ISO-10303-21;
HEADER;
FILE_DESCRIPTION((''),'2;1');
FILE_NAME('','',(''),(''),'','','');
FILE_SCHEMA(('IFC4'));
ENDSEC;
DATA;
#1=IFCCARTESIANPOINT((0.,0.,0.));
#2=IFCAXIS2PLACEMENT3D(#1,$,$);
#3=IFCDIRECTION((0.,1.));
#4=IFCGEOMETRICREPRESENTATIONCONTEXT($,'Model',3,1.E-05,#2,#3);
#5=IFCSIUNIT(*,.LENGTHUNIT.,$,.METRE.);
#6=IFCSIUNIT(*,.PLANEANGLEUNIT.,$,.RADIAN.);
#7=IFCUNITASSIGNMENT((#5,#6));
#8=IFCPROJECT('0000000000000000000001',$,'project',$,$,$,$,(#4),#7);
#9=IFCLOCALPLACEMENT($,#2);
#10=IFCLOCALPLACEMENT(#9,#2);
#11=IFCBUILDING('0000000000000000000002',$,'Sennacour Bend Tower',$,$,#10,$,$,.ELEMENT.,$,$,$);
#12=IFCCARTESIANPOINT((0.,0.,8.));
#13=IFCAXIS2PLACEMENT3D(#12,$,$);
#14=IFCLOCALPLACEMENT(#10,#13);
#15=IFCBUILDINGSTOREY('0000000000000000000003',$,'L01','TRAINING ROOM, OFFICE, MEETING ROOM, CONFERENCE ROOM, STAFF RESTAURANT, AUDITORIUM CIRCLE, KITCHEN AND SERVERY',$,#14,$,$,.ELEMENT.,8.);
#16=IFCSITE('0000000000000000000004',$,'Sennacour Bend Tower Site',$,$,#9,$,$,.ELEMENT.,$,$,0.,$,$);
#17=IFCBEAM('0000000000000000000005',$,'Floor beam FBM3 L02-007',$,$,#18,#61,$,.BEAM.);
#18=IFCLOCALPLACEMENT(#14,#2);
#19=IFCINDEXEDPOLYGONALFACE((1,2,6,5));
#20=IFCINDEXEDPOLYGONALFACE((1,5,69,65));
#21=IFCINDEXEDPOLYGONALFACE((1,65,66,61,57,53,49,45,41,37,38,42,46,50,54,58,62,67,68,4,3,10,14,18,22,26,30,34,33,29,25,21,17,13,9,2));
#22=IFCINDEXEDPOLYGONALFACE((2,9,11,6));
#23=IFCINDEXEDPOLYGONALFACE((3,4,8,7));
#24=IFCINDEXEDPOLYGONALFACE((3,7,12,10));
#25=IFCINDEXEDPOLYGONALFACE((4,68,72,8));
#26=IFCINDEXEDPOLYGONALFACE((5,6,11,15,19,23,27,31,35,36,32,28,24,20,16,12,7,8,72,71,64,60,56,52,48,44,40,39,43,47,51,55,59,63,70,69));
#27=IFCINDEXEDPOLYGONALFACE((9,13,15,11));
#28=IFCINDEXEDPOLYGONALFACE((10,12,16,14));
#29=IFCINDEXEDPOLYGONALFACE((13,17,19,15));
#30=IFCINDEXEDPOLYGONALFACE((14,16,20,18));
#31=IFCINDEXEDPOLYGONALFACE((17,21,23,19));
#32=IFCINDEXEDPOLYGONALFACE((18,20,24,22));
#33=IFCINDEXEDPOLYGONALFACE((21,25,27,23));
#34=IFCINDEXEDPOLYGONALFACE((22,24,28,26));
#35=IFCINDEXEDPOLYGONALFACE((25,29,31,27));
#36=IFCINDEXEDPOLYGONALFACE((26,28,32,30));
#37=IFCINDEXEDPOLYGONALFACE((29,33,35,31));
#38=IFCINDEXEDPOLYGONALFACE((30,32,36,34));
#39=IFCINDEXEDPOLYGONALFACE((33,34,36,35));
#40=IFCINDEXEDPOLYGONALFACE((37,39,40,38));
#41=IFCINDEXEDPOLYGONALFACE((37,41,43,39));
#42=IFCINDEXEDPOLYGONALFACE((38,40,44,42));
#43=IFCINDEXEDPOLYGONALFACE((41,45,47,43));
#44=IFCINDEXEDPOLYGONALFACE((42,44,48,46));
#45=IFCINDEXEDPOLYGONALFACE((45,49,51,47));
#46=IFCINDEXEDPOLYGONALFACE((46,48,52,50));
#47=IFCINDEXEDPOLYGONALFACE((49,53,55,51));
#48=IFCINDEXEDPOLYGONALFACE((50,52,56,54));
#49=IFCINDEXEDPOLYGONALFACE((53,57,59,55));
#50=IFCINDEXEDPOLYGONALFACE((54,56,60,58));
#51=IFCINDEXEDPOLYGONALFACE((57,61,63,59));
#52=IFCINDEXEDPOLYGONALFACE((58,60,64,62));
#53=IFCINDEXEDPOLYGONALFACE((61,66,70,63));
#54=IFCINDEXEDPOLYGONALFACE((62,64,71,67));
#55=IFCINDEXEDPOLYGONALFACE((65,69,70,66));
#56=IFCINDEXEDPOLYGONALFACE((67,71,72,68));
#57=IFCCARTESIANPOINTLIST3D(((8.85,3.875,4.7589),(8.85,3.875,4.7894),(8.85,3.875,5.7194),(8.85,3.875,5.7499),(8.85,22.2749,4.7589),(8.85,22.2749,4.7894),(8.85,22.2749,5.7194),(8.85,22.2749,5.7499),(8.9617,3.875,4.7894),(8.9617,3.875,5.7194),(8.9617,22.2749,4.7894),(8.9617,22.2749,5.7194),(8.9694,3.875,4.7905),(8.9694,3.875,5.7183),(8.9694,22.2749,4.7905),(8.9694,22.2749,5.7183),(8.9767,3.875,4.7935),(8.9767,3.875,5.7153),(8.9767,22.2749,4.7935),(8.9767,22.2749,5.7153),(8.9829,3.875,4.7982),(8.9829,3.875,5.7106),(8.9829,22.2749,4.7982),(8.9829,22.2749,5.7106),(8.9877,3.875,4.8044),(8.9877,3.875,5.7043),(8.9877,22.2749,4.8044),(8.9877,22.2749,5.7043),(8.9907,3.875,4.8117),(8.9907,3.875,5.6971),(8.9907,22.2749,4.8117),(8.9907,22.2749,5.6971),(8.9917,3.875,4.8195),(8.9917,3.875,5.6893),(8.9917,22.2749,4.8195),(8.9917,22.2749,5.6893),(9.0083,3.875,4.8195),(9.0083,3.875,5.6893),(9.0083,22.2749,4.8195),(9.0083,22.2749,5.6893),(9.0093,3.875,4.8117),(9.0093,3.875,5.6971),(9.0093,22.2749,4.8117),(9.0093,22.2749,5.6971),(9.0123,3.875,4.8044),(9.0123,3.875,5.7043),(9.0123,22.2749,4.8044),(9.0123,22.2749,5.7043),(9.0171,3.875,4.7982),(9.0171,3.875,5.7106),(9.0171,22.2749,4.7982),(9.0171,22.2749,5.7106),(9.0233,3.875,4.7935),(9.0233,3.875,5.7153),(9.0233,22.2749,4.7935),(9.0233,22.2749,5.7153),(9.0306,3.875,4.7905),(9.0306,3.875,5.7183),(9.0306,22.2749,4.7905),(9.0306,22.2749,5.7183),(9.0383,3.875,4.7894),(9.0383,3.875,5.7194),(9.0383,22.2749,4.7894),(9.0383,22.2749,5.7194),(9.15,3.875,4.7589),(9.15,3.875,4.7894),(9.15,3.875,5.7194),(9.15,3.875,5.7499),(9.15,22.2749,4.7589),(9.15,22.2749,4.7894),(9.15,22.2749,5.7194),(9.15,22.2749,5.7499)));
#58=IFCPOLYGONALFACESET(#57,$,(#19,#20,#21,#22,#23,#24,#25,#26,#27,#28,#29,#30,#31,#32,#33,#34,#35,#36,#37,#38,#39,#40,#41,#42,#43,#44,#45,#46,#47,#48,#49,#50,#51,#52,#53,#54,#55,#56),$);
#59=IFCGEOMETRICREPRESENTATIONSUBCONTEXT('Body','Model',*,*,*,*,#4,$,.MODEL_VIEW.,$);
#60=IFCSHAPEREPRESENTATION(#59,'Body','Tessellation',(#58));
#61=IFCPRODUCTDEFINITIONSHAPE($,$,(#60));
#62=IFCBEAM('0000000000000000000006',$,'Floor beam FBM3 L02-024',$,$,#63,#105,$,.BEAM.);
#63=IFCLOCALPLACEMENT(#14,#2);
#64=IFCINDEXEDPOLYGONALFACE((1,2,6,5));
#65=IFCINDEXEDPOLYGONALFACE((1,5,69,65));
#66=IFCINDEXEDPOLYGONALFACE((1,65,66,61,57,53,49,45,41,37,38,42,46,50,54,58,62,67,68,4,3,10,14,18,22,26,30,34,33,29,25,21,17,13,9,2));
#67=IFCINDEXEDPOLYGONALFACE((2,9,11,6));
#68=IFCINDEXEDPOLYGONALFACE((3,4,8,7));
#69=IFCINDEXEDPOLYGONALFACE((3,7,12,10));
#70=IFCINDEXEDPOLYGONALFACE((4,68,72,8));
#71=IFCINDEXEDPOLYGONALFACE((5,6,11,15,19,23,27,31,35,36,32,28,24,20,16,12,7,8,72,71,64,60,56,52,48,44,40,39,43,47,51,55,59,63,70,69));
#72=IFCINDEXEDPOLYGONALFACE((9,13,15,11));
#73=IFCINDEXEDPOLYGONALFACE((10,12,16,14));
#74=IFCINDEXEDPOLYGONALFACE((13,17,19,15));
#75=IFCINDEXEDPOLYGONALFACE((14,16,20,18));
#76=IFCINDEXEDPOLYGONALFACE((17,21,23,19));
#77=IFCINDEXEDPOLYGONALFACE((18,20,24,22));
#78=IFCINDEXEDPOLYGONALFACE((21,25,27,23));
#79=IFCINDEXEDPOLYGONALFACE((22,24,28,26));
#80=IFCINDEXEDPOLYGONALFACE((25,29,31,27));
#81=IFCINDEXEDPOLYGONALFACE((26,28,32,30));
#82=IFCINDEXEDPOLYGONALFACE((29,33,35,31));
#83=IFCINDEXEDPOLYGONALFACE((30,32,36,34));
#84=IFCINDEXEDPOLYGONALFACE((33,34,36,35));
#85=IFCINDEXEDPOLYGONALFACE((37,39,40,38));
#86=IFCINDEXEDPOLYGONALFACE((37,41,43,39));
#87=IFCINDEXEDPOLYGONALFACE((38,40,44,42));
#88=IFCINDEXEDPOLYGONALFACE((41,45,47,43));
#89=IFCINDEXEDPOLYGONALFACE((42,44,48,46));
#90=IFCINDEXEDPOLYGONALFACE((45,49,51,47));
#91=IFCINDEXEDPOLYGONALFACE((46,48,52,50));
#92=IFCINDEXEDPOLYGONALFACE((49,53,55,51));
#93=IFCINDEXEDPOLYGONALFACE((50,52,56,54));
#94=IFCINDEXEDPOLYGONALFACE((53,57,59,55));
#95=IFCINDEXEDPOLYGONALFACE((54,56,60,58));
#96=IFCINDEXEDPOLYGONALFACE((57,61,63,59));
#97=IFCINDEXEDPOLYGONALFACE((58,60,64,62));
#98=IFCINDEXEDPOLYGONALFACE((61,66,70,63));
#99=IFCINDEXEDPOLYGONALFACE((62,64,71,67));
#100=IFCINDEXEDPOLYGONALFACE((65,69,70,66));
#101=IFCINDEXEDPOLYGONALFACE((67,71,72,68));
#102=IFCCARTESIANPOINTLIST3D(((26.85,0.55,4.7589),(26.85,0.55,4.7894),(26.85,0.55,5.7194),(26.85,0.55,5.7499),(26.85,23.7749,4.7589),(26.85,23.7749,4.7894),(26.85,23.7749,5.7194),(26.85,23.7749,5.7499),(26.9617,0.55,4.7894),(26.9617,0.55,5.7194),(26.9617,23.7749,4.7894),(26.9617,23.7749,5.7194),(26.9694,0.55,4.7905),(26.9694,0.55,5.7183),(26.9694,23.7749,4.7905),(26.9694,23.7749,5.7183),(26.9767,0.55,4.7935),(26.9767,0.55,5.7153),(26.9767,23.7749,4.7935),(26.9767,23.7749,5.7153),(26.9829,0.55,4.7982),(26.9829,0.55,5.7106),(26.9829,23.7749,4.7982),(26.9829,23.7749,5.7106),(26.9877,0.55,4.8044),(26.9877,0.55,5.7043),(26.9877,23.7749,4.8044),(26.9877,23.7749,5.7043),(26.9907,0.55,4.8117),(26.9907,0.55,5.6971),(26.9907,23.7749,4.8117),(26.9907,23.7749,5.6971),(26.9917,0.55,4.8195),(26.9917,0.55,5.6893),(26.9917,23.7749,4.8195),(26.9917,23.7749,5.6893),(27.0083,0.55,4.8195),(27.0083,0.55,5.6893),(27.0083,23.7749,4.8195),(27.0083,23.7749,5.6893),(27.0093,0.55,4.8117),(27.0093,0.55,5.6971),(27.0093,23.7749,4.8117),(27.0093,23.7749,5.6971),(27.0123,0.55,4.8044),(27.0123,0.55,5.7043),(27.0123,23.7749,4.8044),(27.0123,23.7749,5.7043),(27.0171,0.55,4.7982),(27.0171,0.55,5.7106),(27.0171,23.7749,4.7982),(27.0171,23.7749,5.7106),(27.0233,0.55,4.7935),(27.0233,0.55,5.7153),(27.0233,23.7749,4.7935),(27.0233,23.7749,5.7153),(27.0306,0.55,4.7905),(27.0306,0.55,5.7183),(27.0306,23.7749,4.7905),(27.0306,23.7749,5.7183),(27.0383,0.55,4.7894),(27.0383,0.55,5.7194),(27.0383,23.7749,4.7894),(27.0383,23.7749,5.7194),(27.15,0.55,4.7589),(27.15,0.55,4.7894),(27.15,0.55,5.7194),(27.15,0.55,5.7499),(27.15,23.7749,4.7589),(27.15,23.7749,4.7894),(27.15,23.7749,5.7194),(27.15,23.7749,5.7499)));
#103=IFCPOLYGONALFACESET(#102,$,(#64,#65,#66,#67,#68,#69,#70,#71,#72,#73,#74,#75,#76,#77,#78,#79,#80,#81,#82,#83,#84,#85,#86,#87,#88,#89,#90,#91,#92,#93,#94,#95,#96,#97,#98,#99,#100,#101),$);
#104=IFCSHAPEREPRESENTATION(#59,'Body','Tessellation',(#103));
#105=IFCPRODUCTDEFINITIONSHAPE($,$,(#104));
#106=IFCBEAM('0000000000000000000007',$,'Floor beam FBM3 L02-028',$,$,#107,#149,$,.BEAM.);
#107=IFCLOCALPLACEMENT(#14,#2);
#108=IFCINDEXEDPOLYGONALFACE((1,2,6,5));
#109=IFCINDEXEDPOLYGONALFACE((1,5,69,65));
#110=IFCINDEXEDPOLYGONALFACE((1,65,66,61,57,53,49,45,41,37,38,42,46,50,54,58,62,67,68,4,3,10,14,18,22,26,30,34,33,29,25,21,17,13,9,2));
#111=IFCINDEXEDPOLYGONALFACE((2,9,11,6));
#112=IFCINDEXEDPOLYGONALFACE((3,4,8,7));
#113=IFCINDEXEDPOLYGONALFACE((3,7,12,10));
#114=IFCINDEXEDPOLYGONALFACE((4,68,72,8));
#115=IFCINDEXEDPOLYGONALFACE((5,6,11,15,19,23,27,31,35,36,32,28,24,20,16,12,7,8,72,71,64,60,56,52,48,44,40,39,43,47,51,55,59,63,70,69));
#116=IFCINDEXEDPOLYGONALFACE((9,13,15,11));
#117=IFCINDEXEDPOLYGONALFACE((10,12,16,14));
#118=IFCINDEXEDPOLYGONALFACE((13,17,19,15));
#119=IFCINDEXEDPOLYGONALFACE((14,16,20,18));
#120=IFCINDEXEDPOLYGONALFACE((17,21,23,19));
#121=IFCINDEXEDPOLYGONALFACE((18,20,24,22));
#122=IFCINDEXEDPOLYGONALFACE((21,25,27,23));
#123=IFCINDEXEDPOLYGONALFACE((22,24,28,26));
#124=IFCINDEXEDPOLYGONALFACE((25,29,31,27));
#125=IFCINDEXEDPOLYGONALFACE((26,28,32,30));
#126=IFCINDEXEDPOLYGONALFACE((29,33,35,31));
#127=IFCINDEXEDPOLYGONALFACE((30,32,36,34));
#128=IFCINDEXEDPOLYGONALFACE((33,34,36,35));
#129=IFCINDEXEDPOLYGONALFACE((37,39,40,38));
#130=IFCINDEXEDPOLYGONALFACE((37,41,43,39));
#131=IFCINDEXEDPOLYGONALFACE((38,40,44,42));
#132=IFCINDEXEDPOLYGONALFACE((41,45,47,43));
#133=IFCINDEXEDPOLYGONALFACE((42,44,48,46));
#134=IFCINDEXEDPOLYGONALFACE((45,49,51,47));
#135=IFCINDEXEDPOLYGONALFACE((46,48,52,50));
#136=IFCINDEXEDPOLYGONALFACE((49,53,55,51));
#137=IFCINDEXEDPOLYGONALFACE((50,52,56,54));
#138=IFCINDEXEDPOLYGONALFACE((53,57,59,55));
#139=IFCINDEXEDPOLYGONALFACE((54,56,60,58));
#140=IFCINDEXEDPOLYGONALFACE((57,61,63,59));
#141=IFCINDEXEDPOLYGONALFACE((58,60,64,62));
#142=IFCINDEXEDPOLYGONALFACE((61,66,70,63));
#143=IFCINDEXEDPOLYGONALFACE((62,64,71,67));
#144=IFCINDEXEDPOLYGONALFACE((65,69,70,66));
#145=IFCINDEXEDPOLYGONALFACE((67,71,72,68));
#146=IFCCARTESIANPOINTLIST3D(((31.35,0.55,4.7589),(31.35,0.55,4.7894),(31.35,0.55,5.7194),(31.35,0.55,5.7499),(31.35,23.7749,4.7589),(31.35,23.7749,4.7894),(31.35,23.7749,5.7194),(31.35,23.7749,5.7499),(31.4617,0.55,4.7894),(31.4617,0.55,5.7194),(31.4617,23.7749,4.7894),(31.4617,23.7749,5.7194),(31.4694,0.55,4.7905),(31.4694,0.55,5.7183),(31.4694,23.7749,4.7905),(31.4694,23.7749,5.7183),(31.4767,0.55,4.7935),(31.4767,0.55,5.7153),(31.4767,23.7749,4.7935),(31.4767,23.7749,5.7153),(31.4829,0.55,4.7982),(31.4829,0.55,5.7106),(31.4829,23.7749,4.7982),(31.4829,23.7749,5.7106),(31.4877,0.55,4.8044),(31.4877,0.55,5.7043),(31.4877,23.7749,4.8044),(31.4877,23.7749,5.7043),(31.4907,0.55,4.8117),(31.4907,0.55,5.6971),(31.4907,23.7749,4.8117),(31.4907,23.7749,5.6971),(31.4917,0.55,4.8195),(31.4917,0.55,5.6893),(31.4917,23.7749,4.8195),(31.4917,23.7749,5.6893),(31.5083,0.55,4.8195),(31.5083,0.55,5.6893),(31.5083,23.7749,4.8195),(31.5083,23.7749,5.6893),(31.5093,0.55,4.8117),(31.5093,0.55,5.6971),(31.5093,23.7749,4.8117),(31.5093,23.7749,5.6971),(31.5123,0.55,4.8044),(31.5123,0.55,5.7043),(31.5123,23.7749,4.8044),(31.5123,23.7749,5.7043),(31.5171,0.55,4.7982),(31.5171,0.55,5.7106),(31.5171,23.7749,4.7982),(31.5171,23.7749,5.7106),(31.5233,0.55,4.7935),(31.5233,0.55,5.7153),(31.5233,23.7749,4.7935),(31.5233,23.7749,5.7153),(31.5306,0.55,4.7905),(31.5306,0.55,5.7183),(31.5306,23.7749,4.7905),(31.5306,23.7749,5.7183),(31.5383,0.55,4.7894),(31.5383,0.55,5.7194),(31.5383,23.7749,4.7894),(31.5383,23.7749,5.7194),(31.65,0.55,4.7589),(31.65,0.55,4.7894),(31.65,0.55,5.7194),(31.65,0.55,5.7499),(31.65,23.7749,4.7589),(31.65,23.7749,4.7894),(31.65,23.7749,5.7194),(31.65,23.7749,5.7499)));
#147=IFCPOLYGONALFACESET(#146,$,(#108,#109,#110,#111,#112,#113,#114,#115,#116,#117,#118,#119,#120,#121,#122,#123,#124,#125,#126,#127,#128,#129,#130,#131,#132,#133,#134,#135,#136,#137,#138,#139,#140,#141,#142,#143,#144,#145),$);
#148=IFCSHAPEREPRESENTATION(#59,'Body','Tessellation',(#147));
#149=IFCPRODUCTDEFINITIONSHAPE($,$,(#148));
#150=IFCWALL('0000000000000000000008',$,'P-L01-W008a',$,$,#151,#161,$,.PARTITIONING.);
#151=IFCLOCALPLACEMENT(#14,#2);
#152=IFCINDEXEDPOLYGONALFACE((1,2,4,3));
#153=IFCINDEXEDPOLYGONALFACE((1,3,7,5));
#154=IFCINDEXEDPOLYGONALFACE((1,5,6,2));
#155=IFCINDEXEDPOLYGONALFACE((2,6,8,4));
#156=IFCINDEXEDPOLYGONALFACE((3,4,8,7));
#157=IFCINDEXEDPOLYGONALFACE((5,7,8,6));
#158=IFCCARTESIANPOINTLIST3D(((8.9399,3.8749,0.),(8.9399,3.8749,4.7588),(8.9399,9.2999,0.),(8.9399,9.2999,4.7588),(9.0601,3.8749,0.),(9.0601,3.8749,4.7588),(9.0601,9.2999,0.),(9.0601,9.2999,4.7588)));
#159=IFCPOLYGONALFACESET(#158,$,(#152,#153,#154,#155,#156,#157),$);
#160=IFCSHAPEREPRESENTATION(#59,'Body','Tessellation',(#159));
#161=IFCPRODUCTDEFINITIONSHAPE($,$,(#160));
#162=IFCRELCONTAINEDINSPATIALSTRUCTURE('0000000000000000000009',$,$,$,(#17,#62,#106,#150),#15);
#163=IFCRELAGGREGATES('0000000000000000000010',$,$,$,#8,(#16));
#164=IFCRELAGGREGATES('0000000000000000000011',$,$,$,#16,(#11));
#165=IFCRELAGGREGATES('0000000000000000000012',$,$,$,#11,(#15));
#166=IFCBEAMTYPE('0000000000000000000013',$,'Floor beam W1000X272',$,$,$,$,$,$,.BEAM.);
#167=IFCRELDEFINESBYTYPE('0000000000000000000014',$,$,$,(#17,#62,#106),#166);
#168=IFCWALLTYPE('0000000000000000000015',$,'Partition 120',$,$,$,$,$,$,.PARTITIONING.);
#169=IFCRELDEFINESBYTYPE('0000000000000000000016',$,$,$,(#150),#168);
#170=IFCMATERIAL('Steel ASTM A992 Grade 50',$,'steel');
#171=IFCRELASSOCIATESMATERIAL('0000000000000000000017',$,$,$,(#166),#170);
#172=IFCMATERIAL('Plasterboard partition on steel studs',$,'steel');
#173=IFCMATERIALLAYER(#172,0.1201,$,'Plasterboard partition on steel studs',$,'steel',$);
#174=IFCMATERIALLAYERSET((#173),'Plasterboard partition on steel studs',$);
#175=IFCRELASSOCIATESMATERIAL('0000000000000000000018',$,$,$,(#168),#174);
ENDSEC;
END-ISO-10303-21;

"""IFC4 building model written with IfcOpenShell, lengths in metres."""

from ifc_helpers import new_model, si_unit, direction, frame, frame_2d, origin, origin_2d, place, context, subcontext, project, spatial, rectangle, i_section, extrude, material, layer, layer_set, material_profile, profile_set, type_object, element, save


model = new_model("IFC4")

# Units and contexts
model_context = context("Model", 3, precision=1e-05, world=origin(), true_north=direction((0.0, 1.0)))
body_context = subcontext(model_context, "Body", "Model", "MODEL_VIEW")
ifc_project = project(units=[si_unit("LENGTHUNIT", "METRE"), si_unit("PLANEANGLEUNIT", "RADIAN")], contexts=[model_context])

# Site, building, storey
site_placement = place(None, origin())
site = spatial("IfcSite", under=ifc_project, at=site_placement, Name="Sennacour Bend Tower Site", CompositionType="ELEMENT", RefElevation=0.0)
building_placement = place(site_placement, origin())
building = spatial("IfcBuilding", under=site, at=building_placement, Name="Sennacour Bend Tower", CompositionType="ELEMENT")
storey_placement = place(building_placement, frame((0.0, 0.0, 8.0)))
storey = spatial("IfcBuildingStorey", under=building, at=storey_placement, Name="L01", Description="TRAINING ROOM, OFFICE, MEETING ROOM, CONFERENCE ROOM, STAFF RESTAURANT, AUDITORIUM CIRCLE, KITCHEN AND SERVERY", CompositionType="ELEMENT", Elevation=8.0)

# Beams
ifc_material_1 = material(Name="Steel ASTM A992 Grade 50", Category="steel")
ifc_material_profile = material_profile(ifc_material_1, i_section(OverallWidth=0.3, OverallDepth=0.991, WebThickness=0.0166, FlangeThickness=0.0305, FilletRadius=0.03, at=origin_2d()), Name="Steel ASTM A992 Grade 50", Category="steel")
ifc_profile_set = profile_set([ifc_material_profile], Name="Steel ASTM A992 Grade 50")
beam_type = type_object("IfcBeamType", Name="Floor beam W1000X272", PredefinedType="BEAM", material=ifc_profile_set)
beam_placement = place(storey_placement, frame((9.0, 3.875, 5.2544), z_axis=(0.0, 1.0, 0.0), x_axis=(-1.0, 0.0, 0.0)))
element("IfcBeam", 1, at=beam_placement, inside=storey, type_object=beam_type, Name="Floor beam FBM3 L02-007", PredefinedType="BEAM", context=body_context, shape_type="SweptSolid", body=[
    extrude(i_section(OverallWidth=0.3, OverallDepth=0.991, WebThickness=0.0166, FlangeThickness=0.0305, FilletRadius=0.03, at=origin_2d()), origin(), (0.0, 0.0, 1.0), 18.3999),
])
for number, where, z_axis, x_axis, name in (
    (2, (27.0, 0.55, 5.2544), (0.0, 1.0, 0.0), (-1.0, 0.0, 0.0), "Floor beam FBM3 L02-024"),
    (3, (31.5, 0.55, 5.2544), (0.0, 1.0, 0.0), (-1.0, 0.0, 0.0), "Floor beam FBM3 L02-028"),
):
    element("IfcBeam", number, at=place(storey_placement, frame(where, z_axis=z_axis, x_axis=x_axis)), inside=storey, type_object=beam_type, Name=name, PredefinedType="BEAM", context=body_context, shape_type="SweptSolid", body=[
        extrude(i_section(OverallWidth=0.3, OverallDepth=0.991, WebThickness=0.0166, FlangeThickness=0.0305, FilletRadius=0.03, at=origin_2d()), origin(), (0.0, 0.0, 1.0), 23.2249),
    ])

# Wall
ifc_material_2 = material(Name="Plasterboard partition on steel studs", Category="steel")
ifc_layer_1 = layer(ifc_material_2, 0.1201, Name="Plasterboard partition on steel studs", Category="steel")
ifc_layer_set_1 = layer_set([ifc_layer_1], Name="Plasterboard partition on steel studs")
wall_type_1 = type_object("IfcWallType", Name="Partition 120", PredefinedType="PARTITIONING", material=ifc_layer_set_1)
wall_1_placement = place(storey_placement, frame((9.0, 3.875, 0.0), z_axis=(0.0, 0.0, 1.0), x_axis=(0.0, 1.0, 0.0)))
element("IfcWall", 4, at=wall_1_placement, inside=storey, type_object=wall_type_1, Name="P-L01-W008a", PredefinedType="PARTITIONING", context=body_context, shape_type="SweptSolid", body=[
    extrude(rectangle(XDim=5.425, YDim=0.1201, at=frame_2d((2.7124, 0.0))), origin(), (0.0, 0.0, 1.0), 4.7588),
])

save(model, "model.ifc")
